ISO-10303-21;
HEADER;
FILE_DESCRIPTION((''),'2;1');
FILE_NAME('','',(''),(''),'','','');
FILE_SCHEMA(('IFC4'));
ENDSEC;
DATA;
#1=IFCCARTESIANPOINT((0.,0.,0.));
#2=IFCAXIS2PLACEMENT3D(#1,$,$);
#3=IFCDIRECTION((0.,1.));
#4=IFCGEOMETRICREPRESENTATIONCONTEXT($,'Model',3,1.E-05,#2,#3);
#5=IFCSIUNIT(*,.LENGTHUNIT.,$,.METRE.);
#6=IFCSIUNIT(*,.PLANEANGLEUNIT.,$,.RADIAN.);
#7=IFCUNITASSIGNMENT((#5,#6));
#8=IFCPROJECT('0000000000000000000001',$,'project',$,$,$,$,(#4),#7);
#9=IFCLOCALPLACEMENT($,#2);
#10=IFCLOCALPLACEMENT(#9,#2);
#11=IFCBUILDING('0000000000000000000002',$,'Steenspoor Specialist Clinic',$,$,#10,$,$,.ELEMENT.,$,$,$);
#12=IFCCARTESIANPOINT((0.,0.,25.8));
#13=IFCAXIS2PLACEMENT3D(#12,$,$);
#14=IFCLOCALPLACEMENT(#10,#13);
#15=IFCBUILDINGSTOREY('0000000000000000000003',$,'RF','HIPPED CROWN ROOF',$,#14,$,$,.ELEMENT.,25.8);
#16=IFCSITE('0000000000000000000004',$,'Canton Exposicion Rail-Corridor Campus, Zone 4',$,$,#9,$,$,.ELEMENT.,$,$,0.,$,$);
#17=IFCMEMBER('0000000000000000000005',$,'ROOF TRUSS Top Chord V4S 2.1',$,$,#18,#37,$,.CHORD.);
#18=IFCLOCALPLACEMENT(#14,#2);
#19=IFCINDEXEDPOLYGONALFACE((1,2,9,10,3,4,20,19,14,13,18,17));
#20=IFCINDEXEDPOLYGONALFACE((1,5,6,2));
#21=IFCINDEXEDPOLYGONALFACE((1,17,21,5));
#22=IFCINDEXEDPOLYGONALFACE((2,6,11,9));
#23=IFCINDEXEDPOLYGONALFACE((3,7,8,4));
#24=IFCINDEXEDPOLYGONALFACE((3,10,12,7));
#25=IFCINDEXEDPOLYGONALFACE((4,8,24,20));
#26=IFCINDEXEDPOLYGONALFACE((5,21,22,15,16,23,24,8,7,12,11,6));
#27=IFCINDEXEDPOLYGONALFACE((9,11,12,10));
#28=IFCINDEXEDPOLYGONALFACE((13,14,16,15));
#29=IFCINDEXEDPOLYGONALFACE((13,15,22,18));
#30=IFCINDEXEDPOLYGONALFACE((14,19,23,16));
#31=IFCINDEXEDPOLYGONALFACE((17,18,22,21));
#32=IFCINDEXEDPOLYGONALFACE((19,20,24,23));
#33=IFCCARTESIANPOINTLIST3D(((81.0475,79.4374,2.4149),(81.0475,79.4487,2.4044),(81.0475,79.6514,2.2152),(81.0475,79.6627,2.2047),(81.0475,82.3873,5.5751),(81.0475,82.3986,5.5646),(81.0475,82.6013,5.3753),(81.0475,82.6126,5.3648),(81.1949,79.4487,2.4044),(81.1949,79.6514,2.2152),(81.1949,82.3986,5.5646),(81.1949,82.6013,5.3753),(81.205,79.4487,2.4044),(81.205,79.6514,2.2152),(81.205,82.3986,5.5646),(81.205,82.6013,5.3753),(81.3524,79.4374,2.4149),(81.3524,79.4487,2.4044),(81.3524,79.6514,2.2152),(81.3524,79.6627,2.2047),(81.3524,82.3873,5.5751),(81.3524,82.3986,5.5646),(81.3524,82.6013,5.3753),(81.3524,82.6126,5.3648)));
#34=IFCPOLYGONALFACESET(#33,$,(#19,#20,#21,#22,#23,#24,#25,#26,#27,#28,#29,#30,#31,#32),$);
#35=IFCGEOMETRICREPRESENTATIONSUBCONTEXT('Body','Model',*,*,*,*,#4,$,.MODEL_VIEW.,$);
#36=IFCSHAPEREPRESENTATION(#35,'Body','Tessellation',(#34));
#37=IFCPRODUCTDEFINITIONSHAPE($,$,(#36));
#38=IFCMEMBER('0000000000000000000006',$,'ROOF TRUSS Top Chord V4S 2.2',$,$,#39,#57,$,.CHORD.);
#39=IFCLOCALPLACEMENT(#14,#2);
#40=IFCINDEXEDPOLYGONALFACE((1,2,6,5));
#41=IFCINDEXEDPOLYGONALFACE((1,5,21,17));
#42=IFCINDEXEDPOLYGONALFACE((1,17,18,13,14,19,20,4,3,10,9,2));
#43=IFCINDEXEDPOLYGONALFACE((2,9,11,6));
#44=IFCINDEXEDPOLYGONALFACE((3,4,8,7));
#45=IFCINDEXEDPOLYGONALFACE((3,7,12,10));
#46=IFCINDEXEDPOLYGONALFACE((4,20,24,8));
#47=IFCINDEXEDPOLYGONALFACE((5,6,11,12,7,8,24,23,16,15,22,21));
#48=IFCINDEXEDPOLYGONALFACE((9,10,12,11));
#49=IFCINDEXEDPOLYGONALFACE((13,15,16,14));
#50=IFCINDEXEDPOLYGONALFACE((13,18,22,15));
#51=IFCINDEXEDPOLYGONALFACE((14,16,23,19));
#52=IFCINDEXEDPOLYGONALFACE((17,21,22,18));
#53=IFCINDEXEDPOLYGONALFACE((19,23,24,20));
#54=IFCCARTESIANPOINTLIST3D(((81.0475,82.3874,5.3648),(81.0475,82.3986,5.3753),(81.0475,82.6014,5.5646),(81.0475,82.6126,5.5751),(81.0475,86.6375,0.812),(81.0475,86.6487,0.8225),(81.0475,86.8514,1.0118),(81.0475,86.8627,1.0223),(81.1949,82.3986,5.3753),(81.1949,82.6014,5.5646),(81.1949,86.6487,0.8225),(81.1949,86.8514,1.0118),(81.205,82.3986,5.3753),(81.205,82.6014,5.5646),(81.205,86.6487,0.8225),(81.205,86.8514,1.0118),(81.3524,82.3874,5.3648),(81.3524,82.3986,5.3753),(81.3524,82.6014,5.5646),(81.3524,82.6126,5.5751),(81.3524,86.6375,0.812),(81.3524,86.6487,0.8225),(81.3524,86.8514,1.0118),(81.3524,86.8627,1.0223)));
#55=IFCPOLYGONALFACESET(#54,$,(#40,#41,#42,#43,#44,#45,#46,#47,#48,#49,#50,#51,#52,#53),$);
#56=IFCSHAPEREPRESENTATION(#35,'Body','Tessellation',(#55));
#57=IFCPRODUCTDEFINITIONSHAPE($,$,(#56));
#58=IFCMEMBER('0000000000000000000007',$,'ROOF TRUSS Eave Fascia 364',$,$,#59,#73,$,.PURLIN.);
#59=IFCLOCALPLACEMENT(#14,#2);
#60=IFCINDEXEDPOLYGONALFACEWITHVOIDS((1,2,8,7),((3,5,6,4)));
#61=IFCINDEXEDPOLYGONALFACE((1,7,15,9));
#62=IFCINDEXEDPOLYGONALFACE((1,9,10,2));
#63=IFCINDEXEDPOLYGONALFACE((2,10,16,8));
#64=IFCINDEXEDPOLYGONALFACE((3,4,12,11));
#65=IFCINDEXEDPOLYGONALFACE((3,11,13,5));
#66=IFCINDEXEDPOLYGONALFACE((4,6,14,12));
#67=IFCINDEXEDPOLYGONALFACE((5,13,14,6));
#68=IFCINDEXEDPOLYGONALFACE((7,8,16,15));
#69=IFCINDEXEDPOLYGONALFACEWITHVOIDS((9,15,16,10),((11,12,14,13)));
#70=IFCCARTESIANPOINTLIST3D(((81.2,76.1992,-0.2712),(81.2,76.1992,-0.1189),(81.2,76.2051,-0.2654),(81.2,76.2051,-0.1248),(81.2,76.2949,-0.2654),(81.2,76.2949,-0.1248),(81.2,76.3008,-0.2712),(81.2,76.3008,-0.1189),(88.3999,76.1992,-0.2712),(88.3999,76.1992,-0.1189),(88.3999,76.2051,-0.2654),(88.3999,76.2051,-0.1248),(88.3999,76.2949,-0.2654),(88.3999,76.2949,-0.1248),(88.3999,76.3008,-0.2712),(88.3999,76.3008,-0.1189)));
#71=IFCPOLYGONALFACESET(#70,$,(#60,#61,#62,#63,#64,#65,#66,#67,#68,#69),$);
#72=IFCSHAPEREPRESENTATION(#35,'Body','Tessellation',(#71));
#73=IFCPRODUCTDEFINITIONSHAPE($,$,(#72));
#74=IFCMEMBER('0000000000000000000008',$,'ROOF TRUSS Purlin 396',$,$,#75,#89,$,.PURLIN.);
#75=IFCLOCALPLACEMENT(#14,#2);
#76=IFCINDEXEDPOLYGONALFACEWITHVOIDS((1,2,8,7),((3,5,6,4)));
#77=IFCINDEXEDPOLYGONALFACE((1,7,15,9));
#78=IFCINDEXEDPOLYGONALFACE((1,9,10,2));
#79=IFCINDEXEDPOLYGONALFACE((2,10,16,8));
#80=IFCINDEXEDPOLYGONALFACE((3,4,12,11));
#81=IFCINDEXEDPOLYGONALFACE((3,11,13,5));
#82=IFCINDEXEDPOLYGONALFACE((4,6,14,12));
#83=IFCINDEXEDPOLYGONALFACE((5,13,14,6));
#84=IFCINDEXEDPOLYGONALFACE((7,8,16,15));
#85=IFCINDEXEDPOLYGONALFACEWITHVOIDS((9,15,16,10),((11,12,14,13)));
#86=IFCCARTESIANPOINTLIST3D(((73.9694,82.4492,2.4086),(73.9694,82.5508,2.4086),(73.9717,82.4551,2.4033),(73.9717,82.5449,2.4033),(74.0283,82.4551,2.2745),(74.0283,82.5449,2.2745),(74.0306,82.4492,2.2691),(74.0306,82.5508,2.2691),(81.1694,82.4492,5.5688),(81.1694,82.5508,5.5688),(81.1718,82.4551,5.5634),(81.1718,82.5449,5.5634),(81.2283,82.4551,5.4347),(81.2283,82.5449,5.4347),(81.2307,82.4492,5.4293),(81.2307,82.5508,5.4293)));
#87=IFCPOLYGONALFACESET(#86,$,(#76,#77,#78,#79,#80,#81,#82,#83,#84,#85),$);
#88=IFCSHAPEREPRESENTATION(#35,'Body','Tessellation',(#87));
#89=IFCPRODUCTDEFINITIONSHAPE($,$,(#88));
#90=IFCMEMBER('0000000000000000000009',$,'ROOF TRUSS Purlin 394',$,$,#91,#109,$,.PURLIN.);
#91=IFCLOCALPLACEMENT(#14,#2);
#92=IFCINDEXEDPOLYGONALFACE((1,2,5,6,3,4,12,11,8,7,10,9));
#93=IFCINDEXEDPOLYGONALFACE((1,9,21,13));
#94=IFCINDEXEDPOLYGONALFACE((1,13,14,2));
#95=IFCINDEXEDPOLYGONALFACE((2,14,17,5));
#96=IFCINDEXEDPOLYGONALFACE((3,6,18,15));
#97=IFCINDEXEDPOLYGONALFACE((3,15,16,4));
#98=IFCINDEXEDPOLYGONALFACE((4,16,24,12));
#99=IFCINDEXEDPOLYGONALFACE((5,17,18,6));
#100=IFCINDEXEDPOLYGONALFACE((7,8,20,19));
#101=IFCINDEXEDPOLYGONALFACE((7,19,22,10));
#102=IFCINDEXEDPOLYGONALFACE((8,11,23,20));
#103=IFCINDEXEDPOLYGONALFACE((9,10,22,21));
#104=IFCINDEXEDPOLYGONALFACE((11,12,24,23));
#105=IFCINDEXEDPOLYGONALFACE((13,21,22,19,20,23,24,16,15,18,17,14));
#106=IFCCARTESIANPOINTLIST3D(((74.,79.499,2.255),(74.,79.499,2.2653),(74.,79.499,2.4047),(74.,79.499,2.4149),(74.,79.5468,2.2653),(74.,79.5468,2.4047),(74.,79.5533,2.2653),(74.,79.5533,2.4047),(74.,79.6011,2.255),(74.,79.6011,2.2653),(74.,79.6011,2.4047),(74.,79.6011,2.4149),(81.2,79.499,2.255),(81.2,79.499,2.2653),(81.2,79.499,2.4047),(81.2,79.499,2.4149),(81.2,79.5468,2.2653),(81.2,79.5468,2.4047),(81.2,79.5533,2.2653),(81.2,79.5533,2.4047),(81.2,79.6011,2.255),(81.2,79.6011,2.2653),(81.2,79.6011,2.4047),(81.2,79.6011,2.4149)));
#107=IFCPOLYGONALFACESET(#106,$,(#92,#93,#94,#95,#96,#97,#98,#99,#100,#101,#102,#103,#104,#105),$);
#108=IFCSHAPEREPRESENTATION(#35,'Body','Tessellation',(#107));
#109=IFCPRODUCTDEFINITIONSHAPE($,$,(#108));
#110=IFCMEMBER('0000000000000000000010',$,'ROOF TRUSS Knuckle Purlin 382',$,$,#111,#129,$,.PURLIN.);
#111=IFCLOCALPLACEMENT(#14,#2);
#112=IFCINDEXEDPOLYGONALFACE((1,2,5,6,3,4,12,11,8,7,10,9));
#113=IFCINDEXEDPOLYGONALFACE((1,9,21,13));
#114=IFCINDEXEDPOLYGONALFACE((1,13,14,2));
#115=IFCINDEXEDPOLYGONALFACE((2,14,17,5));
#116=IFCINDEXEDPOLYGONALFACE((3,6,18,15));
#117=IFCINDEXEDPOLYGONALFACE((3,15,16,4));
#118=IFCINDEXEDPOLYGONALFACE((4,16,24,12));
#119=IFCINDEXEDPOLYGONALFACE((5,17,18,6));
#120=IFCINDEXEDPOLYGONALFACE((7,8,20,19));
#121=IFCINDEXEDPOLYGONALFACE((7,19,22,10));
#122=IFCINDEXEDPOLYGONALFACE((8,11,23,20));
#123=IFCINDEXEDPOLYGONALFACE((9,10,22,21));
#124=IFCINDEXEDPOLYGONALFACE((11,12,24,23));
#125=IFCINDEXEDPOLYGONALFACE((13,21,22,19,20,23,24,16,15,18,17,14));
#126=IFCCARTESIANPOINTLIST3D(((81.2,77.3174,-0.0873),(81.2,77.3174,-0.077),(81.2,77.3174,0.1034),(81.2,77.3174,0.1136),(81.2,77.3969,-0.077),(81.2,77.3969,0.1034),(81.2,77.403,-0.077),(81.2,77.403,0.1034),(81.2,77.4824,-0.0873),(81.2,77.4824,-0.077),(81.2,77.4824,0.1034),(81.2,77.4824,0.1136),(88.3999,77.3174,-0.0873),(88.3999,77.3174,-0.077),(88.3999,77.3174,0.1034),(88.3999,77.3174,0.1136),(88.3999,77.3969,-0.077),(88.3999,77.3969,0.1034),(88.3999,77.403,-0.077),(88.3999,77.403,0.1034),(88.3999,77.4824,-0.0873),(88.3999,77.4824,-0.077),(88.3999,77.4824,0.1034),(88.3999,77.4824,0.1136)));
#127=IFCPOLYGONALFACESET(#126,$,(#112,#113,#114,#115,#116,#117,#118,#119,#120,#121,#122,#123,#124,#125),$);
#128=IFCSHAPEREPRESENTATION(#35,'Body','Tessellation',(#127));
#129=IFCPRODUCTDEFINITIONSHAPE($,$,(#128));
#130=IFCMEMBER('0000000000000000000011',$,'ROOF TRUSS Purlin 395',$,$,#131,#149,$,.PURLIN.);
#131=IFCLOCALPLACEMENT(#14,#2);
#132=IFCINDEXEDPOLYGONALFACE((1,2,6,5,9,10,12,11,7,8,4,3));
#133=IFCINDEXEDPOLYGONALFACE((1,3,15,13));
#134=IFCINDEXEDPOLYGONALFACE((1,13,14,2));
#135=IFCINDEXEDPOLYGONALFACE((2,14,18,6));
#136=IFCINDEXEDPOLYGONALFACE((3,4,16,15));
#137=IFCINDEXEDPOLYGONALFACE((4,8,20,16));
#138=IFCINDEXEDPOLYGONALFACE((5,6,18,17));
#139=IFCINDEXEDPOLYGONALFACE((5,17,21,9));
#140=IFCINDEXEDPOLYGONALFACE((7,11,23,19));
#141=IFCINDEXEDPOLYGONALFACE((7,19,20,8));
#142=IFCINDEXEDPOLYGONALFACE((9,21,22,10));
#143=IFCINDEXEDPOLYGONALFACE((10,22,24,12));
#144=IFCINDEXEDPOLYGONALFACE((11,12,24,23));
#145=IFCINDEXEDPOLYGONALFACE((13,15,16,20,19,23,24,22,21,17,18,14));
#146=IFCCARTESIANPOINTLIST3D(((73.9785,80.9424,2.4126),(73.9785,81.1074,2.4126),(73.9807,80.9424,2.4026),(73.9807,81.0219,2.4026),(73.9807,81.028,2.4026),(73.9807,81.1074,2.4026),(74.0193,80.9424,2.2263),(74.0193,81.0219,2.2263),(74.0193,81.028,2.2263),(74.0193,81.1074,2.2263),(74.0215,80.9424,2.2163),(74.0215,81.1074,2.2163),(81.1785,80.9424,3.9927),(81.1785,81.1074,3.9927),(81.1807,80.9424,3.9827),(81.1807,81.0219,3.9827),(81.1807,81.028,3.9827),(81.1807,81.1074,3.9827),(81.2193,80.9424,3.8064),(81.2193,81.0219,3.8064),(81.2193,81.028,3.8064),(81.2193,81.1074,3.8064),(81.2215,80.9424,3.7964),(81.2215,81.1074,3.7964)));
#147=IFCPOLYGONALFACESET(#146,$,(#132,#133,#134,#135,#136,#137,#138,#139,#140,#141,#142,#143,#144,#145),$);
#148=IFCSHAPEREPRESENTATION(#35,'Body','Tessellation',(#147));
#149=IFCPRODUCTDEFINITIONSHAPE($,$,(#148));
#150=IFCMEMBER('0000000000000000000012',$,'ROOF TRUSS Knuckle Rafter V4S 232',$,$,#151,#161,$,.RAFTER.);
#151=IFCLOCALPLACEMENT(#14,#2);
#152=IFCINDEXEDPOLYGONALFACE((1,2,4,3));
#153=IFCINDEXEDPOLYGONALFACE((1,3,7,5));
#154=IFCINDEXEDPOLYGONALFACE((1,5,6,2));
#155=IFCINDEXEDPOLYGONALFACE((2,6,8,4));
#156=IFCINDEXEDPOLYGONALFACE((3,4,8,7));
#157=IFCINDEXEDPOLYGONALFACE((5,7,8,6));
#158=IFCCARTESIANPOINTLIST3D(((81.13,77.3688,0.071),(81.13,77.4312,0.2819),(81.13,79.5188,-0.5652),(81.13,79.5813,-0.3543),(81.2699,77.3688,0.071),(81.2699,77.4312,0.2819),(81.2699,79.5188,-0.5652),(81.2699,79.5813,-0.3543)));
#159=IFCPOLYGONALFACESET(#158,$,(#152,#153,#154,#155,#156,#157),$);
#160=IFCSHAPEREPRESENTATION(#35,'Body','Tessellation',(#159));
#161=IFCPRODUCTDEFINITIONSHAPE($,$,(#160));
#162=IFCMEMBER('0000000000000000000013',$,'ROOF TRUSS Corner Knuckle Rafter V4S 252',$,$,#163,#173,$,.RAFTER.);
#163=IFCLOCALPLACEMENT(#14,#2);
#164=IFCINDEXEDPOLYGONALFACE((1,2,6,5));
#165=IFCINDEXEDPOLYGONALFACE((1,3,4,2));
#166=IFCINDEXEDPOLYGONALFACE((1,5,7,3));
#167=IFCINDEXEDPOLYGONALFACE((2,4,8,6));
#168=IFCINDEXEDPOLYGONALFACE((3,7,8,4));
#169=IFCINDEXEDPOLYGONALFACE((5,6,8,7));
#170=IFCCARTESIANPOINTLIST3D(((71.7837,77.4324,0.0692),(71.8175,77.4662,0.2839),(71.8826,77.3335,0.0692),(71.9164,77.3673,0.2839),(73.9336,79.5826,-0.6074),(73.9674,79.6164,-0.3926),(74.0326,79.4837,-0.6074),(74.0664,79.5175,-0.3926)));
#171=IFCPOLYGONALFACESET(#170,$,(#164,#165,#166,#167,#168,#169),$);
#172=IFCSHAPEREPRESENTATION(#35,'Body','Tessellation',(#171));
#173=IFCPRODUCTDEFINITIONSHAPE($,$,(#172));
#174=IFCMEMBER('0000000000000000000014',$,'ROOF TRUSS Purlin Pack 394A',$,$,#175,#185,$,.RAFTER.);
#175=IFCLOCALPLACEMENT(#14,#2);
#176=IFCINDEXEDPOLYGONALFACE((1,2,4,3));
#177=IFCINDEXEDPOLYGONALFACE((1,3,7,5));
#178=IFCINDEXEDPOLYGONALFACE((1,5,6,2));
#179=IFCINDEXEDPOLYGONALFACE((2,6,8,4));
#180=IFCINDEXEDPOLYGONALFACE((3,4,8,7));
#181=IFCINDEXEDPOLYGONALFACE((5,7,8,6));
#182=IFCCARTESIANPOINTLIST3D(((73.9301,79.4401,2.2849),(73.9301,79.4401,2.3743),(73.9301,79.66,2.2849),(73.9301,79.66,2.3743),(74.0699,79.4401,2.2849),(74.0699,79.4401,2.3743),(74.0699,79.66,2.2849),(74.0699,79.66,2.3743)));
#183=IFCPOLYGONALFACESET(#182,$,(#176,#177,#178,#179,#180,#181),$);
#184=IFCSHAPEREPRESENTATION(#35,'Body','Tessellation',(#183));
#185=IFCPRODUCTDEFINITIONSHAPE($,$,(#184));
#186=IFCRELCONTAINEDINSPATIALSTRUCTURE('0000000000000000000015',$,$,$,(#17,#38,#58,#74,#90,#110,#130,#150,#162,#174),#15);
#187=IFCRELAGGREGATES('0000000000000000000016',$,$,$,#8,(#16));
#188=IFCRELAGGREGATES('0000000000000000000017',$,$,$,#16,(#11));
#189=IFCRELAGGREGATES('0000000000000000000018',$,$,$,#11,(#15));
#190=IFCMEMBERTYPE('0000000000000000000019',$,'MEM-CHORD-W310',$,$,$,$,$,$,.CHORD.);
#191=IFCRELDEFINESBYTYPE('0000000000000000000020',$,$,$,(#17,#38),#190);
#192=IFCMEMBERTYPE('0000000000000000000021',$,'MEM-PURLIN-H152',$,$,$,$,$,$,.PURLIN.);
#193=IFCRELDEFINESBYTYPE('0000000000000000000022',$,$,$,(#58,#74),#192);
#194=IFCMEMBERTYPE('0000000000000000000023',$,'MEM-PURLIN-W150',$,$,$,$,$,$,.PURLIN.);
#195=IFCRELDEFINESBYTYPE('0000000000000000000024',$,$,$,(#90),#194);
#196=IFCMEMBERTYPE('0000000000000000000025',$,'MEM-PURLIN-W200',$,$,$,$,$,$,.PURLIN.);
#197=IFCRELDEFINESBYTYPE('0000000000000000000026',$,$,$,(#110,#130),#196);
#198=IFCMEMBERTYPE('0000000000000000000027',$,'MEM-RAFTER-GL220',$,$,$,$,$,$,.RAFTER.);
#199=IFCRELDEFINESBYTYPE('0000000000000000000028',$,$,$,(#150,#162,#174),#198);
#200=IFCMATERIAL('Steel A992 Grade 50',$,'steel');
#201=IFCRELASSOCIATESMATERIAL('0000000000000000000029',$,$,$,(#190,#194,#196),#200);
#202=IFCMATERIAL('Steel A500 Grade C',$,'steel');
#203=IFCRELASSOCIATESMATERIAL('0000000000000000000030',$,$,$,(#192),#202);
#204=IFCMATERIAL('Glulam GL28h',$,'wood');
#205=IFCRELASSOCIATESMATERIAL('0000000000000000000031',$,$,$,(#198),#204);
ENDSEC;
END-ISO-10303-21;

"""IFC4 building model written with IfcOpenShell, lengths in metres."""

from ifc_helpers import new_model, si_unit, direction, frame, origin, origin_2d, place, context, subcontext, project, spatial, rectangle, hollow_rectangle, i_section, extrude, material, material_profile, profile_set, type_object, element, save


model = new_model("IFC4")

# Units and contexts
model_context = context("Model", 3, precision=1e-05, world=origin(), true_north=direction((0.0, 1.0)))
body_context = subcontext(model_context, "Body", "Model", "MODEL_VIEW")
ifc_project = project(units=[si_unit("LENGTHUNIT", "METRE"), si_unit("PLANEANGLEUNIT", "RADIAN")], contexts=[model_context])

# Site, building, storey
site_placement = place(None, origin())
site = spatial("IfcSite", under=ifc_project, at=site_placement, Name="Canton Exposicion Rail-Corridor Campus, Zone 4", CompositionType="ELEMENT", RefElevation=0.0)
building_placement = place(site_placement, origin())
building = spatial("IfcBuilding", under=site, at=building_placement, Name="Steenspoor Specialist Clinic", CompositionType="ELEMENT")
storey_placement = place(building_placement, frame((0.0, 0.0, 25.8)))
storey = spatial("IfcBuildingStorey", under=building, at=storey_placement, Name="RF", Description="HIPPED CROWN ROOF", CompositionType="ELEMENT", Elevation=25.8)

# Shared definitions
ifc_material_1 = material(Name="Glulam GL28h", Category="wood")
ifc_material_2 = material(Name="Steel A992 Grade 50", Category="steel")

# Members
ifc_material_3 = material(Name="Steel A500 Grade C", Category="steel")
ifc_material_profile_1 = material_profile(ifc_material_2, i_section(OverallWidth=0.3049, OverallDepth=0.3081, WebThickness=0.01, FlangeThickness=0.0154, at=origin_2d()), Name="W310X97")
ifc_profile_set_1 = profile_set([ifc_material_profile_1], Name="Steel A992 Grade 50")
member_type_1 = type_object("IfcMemberType", Name="MEM-CHORD-W310", PredefinedType="CHORD", material=ifc_profile_set_1)
member_1_placement = place(storey_placement, frame((81.2, 79.55, 2.3098), z_axis=(0.0, 0.682377, 0.731001), x_axis=(-1.0, 0.0, 0.0)))
element("IfcMember", 1, at=member_1_placement, inside=storey, type_object=member_type_1, Name="ROOF TRUSS Top Chord V4S 2.1", PredefinedType="CHORD", context=body_context, shape_type="SweptSolid", body=[
    extrude(i_section(OverallWidth=0.3049, OverallDepth=0.3081, WebThickness=0.01, FlangeThickness=0.0154, at=origin_2d()), origin(), (0.0, 0.0, 1.0), 4.323),
])
member_2_placement = place(storey_placement, frame((81.2, 82.5, 5.47), z_axis=(0.0, 0.682385, -0.730993), x_axis=(-1.0, 0.0, 0.0)))
element("IfcMember", 2, at=member_2_placement, inside=storey, type_object=member_type_1, Name="ROOF TRUSS Top Chord V4S 2.2", PredefinedType="CHORD", context=body_context, shape_type="SweptSolid", body=[
    extrude(i_section(OverallWidth=0.3049, OverallDepth=0.3081, WebThickness=0.01, FlangeThickness=0.0154, at=origin_2d()), origin(), (0.0, 0.0, 1.0), 6.2283),
])
ifc_material_profile_2 = material_profile(ifc_material_3, hollow_rectangle(XDim=0.1016, YDim=0.1523, WallThickness=0.0059, at=origin_2d()), Name="HSS152X102X6.4")
ifc_profile_set_2 = profile_set([ifc_material_profile_2], Name="Steel A500 Grade C")
member_type_2 = type_object("IfcMemberType", Name="MEM-PURLIN-H152", PredefinedType="PURLIN", material=ifc_profile_set_2)
member_3_placement = place(storey_placement, frame((81.2, 76.25, -0.1951), z_axis=(1.0, 0.0, 0.0), x_axis=(0.0, 1.0, 0.0)))
element("IfcMember", 3, at=member_3_placement, inside=storey, type_object=member_type_2, Name="ROOF TRUSS Eave Fascia 364", PredefinedType="PURLIN", context=body_context, shape_type="SweptSolid", body=[
    extrude(hollow_rectangle(XDim=0.1016, YDim=0.1523, WallThickness=0.0059, at=origin_2d()), origin(), (0.0, 0.0, 1.0), 7.2),
])
member_4_placement = place(storey_placement, frame((74.0, 82.5, 2.3389), z_axis=(0.915681, 0.0, 0.401905), x_axis=(0.0, 1.0, 0.0)))
element("IfcMember", 4, at=member_4_placement, inside=storey, type_object=member_type_2, Name="ROOF TRUSS Purlin 396", PredefinedType="PURLIN", context=body_context, shape_type="SweptSolid", body=[
    extrude(hollow_rectangle(XDim=0.1016, YDim=0.1523, WallThickness=0.0059, at=origin_2d()), origin(), (0.0, 0.0, 1.0), 7.863),
])
ifc_material_profile_3 = material_profile(ifc_material_2, i_section(OverallWidth=0.1021, OverallDepth=0.1599, WebThickness=0.0066, FlangeThickness=0.0103, at=origin_2d()), Name="W150X24")
ifc_profile_set_3 = profile_set([ifc_material_profile_3], Name="Steel A992 Grade 50")
member_type_3 = type_object("IfcMemberType", Name="MEM-PURLIN-W150", PredefinedType="PURLIN", material=ifc_profile_set_3)
member_5_placement = place(storey_placement, frame((74.0, 79.55, 2.335), z_axis=(1.0, 0.0, 0.0), x_axis=(0.0, 1.0, 0.0)))
element("IfcMember", 5, at=member_5_placement, inside=storey, type_object=member_type_3, Name="ROOF TRUSS Purlin 394", PredefinedType="PURLIN", context=body_context, shape_type="SweptSolid", body=[
    extrude(i_section(OverallWidth=0.1021, OverallDepth=0.1599, WebThickness=0.0066, FlangeThickness=0.0103, at=origin_2d()), origin(), (0.0, 0.0, 1.0), 7.2),
])
ifc_material_profile_4 = material_profile(ifc_material_2, i_section(OverallWidth=0.165, OverallDepth=0.2009, WebThickness=0.0061, FlangeThickness=0.0103, at=origin_2d()), Name="W200X36")
ifc_profile_set_4 = profile_set([ifc_material_profile_4], Name="Steel A992 Grade 50")
member_type_4 = type_object("IfcMemberType", Name="MEM-PURLIN-W200", PredefinedType="PURLIN", material=ifc_profile_set_4)
member_6_placement = place(storey_placement, frame((81.2, 77.3999, 0.0132), z_axis=(1.0, 0.0, 0.0), x_axis=(0.0, 1.0, 0.0)))
element("IfcMember", 6, at=member_6_placement, inside=storey, type_object=member_type_4, Name="ROOF TRUSS Knuckle Purlin 382", PredefinedType="PURLIN", context=body_context, shape_type="SweptSolid", body=[
    extrude(i_section(OverallWidth=0.165, OverallDepth=0.2009, WebThickness=0.0061, FlangeThickness=0.0103, at=origin_2d()), origin(), (0.0, 0.0, 1.0), 7.2),
])
member_7_placement = place(storey_placement, frame((74.0, 81.0249, 2.3145), z_axis=(0.976756, 0.0, 0.214356), x_axis=(0.0, 1.0, 0.0)))
element("IfcMember", 7, at=member_7_placement, inside=storey, type_object=member_type_4, Name="ROOF TRUSS Purlin 395", PredefinedType="PURLIN", context=body_context, shape_type="SweptSolid", body=[
    extrude(i_section(OverallWidth=0.165, OverallDepth=0.2009, WebThickness=0.0061, FlangeThickness=0.0103, at=origin_2d()), origin(), (0.0, 0.0, 1.0), 7.3713),
])
ifc_material_profile_5 = material_profile(ifc_material_1, rectangle(XDim=0.1399, YDim=0.22, at=origin_2d()), Name="GL28H-140X220")
ifc_profile_set_5 = profile_set([ifc_material_profile_5], Name="Glulam GL28h")
member_type_5 = type_object("IfcMemberType", Name="MEM-RAFTER-GL220", PredefinedType="RAFTER", material=ifc_profile_set_5)
member_8_placement = place(storey_placement, frame((81.2, 79.55, -0.4597), z_axis=(0.0, -0.958901, 0.28374), x_axis=(1.0, 0.0, 0.0)))
element("IfcMember", 8, at=member_8_placement, inside=storey, type_object=member_type_5, Name="ROOF TRUSS Knuckle Rafter V4S 232", PredefinedType="RAFTER", context=body_context, shape_type="SweptSolid", body=[
    extrude(rectangle(XDim=0.1399, YDim=0.22, at=origin_2d()), origin(), (0.0, 0.0, 1.0), 2.2422),
])
member_9_placement = place(storey_placement, frame((74.0, 79.55, -0.5), z_axis=(-0.69019, -0.690268, 0.217183), x_axis=(0.707147, -0.707067, 0.0)))
element("IfcMember", 9, at=member_9_placement, inside=storey, type_object=member_type_5, Name="ROOF TRUSS Corner Knuckle Rafter V4S 252", PredefinedType="RAFTER", context=body_context, shape_type="SweptSolid", body=[
    extrude(rectangle(XDim=0.1399, YDim=0.22, at=origin_2d()), origin(), (0.0, 0.0, 1.0), 3.115),
])
member_10_placement = place(storey_placement, frame((74.0, 79.55, 2.2849), z_axis=(0.0, 0.0, 1.0), x_axis=(1.0, 0.0, 0.0)))
element("IfcMember", 10, at=member_10_placement, inside=storey, type_object=member_type_5, Name="ROOF TRUSS Purlin Pack 394A", PredefinedType="RAFTER", context=body_context, shape_type="SweptSolid", body=[
    extrude(rectangle(XDim=0.1399, YDim=0.22, at=origin_2d()), origin(), (0.0, 0.0, 1.0), 0.0894),
])

save(model, "model.ifc")
